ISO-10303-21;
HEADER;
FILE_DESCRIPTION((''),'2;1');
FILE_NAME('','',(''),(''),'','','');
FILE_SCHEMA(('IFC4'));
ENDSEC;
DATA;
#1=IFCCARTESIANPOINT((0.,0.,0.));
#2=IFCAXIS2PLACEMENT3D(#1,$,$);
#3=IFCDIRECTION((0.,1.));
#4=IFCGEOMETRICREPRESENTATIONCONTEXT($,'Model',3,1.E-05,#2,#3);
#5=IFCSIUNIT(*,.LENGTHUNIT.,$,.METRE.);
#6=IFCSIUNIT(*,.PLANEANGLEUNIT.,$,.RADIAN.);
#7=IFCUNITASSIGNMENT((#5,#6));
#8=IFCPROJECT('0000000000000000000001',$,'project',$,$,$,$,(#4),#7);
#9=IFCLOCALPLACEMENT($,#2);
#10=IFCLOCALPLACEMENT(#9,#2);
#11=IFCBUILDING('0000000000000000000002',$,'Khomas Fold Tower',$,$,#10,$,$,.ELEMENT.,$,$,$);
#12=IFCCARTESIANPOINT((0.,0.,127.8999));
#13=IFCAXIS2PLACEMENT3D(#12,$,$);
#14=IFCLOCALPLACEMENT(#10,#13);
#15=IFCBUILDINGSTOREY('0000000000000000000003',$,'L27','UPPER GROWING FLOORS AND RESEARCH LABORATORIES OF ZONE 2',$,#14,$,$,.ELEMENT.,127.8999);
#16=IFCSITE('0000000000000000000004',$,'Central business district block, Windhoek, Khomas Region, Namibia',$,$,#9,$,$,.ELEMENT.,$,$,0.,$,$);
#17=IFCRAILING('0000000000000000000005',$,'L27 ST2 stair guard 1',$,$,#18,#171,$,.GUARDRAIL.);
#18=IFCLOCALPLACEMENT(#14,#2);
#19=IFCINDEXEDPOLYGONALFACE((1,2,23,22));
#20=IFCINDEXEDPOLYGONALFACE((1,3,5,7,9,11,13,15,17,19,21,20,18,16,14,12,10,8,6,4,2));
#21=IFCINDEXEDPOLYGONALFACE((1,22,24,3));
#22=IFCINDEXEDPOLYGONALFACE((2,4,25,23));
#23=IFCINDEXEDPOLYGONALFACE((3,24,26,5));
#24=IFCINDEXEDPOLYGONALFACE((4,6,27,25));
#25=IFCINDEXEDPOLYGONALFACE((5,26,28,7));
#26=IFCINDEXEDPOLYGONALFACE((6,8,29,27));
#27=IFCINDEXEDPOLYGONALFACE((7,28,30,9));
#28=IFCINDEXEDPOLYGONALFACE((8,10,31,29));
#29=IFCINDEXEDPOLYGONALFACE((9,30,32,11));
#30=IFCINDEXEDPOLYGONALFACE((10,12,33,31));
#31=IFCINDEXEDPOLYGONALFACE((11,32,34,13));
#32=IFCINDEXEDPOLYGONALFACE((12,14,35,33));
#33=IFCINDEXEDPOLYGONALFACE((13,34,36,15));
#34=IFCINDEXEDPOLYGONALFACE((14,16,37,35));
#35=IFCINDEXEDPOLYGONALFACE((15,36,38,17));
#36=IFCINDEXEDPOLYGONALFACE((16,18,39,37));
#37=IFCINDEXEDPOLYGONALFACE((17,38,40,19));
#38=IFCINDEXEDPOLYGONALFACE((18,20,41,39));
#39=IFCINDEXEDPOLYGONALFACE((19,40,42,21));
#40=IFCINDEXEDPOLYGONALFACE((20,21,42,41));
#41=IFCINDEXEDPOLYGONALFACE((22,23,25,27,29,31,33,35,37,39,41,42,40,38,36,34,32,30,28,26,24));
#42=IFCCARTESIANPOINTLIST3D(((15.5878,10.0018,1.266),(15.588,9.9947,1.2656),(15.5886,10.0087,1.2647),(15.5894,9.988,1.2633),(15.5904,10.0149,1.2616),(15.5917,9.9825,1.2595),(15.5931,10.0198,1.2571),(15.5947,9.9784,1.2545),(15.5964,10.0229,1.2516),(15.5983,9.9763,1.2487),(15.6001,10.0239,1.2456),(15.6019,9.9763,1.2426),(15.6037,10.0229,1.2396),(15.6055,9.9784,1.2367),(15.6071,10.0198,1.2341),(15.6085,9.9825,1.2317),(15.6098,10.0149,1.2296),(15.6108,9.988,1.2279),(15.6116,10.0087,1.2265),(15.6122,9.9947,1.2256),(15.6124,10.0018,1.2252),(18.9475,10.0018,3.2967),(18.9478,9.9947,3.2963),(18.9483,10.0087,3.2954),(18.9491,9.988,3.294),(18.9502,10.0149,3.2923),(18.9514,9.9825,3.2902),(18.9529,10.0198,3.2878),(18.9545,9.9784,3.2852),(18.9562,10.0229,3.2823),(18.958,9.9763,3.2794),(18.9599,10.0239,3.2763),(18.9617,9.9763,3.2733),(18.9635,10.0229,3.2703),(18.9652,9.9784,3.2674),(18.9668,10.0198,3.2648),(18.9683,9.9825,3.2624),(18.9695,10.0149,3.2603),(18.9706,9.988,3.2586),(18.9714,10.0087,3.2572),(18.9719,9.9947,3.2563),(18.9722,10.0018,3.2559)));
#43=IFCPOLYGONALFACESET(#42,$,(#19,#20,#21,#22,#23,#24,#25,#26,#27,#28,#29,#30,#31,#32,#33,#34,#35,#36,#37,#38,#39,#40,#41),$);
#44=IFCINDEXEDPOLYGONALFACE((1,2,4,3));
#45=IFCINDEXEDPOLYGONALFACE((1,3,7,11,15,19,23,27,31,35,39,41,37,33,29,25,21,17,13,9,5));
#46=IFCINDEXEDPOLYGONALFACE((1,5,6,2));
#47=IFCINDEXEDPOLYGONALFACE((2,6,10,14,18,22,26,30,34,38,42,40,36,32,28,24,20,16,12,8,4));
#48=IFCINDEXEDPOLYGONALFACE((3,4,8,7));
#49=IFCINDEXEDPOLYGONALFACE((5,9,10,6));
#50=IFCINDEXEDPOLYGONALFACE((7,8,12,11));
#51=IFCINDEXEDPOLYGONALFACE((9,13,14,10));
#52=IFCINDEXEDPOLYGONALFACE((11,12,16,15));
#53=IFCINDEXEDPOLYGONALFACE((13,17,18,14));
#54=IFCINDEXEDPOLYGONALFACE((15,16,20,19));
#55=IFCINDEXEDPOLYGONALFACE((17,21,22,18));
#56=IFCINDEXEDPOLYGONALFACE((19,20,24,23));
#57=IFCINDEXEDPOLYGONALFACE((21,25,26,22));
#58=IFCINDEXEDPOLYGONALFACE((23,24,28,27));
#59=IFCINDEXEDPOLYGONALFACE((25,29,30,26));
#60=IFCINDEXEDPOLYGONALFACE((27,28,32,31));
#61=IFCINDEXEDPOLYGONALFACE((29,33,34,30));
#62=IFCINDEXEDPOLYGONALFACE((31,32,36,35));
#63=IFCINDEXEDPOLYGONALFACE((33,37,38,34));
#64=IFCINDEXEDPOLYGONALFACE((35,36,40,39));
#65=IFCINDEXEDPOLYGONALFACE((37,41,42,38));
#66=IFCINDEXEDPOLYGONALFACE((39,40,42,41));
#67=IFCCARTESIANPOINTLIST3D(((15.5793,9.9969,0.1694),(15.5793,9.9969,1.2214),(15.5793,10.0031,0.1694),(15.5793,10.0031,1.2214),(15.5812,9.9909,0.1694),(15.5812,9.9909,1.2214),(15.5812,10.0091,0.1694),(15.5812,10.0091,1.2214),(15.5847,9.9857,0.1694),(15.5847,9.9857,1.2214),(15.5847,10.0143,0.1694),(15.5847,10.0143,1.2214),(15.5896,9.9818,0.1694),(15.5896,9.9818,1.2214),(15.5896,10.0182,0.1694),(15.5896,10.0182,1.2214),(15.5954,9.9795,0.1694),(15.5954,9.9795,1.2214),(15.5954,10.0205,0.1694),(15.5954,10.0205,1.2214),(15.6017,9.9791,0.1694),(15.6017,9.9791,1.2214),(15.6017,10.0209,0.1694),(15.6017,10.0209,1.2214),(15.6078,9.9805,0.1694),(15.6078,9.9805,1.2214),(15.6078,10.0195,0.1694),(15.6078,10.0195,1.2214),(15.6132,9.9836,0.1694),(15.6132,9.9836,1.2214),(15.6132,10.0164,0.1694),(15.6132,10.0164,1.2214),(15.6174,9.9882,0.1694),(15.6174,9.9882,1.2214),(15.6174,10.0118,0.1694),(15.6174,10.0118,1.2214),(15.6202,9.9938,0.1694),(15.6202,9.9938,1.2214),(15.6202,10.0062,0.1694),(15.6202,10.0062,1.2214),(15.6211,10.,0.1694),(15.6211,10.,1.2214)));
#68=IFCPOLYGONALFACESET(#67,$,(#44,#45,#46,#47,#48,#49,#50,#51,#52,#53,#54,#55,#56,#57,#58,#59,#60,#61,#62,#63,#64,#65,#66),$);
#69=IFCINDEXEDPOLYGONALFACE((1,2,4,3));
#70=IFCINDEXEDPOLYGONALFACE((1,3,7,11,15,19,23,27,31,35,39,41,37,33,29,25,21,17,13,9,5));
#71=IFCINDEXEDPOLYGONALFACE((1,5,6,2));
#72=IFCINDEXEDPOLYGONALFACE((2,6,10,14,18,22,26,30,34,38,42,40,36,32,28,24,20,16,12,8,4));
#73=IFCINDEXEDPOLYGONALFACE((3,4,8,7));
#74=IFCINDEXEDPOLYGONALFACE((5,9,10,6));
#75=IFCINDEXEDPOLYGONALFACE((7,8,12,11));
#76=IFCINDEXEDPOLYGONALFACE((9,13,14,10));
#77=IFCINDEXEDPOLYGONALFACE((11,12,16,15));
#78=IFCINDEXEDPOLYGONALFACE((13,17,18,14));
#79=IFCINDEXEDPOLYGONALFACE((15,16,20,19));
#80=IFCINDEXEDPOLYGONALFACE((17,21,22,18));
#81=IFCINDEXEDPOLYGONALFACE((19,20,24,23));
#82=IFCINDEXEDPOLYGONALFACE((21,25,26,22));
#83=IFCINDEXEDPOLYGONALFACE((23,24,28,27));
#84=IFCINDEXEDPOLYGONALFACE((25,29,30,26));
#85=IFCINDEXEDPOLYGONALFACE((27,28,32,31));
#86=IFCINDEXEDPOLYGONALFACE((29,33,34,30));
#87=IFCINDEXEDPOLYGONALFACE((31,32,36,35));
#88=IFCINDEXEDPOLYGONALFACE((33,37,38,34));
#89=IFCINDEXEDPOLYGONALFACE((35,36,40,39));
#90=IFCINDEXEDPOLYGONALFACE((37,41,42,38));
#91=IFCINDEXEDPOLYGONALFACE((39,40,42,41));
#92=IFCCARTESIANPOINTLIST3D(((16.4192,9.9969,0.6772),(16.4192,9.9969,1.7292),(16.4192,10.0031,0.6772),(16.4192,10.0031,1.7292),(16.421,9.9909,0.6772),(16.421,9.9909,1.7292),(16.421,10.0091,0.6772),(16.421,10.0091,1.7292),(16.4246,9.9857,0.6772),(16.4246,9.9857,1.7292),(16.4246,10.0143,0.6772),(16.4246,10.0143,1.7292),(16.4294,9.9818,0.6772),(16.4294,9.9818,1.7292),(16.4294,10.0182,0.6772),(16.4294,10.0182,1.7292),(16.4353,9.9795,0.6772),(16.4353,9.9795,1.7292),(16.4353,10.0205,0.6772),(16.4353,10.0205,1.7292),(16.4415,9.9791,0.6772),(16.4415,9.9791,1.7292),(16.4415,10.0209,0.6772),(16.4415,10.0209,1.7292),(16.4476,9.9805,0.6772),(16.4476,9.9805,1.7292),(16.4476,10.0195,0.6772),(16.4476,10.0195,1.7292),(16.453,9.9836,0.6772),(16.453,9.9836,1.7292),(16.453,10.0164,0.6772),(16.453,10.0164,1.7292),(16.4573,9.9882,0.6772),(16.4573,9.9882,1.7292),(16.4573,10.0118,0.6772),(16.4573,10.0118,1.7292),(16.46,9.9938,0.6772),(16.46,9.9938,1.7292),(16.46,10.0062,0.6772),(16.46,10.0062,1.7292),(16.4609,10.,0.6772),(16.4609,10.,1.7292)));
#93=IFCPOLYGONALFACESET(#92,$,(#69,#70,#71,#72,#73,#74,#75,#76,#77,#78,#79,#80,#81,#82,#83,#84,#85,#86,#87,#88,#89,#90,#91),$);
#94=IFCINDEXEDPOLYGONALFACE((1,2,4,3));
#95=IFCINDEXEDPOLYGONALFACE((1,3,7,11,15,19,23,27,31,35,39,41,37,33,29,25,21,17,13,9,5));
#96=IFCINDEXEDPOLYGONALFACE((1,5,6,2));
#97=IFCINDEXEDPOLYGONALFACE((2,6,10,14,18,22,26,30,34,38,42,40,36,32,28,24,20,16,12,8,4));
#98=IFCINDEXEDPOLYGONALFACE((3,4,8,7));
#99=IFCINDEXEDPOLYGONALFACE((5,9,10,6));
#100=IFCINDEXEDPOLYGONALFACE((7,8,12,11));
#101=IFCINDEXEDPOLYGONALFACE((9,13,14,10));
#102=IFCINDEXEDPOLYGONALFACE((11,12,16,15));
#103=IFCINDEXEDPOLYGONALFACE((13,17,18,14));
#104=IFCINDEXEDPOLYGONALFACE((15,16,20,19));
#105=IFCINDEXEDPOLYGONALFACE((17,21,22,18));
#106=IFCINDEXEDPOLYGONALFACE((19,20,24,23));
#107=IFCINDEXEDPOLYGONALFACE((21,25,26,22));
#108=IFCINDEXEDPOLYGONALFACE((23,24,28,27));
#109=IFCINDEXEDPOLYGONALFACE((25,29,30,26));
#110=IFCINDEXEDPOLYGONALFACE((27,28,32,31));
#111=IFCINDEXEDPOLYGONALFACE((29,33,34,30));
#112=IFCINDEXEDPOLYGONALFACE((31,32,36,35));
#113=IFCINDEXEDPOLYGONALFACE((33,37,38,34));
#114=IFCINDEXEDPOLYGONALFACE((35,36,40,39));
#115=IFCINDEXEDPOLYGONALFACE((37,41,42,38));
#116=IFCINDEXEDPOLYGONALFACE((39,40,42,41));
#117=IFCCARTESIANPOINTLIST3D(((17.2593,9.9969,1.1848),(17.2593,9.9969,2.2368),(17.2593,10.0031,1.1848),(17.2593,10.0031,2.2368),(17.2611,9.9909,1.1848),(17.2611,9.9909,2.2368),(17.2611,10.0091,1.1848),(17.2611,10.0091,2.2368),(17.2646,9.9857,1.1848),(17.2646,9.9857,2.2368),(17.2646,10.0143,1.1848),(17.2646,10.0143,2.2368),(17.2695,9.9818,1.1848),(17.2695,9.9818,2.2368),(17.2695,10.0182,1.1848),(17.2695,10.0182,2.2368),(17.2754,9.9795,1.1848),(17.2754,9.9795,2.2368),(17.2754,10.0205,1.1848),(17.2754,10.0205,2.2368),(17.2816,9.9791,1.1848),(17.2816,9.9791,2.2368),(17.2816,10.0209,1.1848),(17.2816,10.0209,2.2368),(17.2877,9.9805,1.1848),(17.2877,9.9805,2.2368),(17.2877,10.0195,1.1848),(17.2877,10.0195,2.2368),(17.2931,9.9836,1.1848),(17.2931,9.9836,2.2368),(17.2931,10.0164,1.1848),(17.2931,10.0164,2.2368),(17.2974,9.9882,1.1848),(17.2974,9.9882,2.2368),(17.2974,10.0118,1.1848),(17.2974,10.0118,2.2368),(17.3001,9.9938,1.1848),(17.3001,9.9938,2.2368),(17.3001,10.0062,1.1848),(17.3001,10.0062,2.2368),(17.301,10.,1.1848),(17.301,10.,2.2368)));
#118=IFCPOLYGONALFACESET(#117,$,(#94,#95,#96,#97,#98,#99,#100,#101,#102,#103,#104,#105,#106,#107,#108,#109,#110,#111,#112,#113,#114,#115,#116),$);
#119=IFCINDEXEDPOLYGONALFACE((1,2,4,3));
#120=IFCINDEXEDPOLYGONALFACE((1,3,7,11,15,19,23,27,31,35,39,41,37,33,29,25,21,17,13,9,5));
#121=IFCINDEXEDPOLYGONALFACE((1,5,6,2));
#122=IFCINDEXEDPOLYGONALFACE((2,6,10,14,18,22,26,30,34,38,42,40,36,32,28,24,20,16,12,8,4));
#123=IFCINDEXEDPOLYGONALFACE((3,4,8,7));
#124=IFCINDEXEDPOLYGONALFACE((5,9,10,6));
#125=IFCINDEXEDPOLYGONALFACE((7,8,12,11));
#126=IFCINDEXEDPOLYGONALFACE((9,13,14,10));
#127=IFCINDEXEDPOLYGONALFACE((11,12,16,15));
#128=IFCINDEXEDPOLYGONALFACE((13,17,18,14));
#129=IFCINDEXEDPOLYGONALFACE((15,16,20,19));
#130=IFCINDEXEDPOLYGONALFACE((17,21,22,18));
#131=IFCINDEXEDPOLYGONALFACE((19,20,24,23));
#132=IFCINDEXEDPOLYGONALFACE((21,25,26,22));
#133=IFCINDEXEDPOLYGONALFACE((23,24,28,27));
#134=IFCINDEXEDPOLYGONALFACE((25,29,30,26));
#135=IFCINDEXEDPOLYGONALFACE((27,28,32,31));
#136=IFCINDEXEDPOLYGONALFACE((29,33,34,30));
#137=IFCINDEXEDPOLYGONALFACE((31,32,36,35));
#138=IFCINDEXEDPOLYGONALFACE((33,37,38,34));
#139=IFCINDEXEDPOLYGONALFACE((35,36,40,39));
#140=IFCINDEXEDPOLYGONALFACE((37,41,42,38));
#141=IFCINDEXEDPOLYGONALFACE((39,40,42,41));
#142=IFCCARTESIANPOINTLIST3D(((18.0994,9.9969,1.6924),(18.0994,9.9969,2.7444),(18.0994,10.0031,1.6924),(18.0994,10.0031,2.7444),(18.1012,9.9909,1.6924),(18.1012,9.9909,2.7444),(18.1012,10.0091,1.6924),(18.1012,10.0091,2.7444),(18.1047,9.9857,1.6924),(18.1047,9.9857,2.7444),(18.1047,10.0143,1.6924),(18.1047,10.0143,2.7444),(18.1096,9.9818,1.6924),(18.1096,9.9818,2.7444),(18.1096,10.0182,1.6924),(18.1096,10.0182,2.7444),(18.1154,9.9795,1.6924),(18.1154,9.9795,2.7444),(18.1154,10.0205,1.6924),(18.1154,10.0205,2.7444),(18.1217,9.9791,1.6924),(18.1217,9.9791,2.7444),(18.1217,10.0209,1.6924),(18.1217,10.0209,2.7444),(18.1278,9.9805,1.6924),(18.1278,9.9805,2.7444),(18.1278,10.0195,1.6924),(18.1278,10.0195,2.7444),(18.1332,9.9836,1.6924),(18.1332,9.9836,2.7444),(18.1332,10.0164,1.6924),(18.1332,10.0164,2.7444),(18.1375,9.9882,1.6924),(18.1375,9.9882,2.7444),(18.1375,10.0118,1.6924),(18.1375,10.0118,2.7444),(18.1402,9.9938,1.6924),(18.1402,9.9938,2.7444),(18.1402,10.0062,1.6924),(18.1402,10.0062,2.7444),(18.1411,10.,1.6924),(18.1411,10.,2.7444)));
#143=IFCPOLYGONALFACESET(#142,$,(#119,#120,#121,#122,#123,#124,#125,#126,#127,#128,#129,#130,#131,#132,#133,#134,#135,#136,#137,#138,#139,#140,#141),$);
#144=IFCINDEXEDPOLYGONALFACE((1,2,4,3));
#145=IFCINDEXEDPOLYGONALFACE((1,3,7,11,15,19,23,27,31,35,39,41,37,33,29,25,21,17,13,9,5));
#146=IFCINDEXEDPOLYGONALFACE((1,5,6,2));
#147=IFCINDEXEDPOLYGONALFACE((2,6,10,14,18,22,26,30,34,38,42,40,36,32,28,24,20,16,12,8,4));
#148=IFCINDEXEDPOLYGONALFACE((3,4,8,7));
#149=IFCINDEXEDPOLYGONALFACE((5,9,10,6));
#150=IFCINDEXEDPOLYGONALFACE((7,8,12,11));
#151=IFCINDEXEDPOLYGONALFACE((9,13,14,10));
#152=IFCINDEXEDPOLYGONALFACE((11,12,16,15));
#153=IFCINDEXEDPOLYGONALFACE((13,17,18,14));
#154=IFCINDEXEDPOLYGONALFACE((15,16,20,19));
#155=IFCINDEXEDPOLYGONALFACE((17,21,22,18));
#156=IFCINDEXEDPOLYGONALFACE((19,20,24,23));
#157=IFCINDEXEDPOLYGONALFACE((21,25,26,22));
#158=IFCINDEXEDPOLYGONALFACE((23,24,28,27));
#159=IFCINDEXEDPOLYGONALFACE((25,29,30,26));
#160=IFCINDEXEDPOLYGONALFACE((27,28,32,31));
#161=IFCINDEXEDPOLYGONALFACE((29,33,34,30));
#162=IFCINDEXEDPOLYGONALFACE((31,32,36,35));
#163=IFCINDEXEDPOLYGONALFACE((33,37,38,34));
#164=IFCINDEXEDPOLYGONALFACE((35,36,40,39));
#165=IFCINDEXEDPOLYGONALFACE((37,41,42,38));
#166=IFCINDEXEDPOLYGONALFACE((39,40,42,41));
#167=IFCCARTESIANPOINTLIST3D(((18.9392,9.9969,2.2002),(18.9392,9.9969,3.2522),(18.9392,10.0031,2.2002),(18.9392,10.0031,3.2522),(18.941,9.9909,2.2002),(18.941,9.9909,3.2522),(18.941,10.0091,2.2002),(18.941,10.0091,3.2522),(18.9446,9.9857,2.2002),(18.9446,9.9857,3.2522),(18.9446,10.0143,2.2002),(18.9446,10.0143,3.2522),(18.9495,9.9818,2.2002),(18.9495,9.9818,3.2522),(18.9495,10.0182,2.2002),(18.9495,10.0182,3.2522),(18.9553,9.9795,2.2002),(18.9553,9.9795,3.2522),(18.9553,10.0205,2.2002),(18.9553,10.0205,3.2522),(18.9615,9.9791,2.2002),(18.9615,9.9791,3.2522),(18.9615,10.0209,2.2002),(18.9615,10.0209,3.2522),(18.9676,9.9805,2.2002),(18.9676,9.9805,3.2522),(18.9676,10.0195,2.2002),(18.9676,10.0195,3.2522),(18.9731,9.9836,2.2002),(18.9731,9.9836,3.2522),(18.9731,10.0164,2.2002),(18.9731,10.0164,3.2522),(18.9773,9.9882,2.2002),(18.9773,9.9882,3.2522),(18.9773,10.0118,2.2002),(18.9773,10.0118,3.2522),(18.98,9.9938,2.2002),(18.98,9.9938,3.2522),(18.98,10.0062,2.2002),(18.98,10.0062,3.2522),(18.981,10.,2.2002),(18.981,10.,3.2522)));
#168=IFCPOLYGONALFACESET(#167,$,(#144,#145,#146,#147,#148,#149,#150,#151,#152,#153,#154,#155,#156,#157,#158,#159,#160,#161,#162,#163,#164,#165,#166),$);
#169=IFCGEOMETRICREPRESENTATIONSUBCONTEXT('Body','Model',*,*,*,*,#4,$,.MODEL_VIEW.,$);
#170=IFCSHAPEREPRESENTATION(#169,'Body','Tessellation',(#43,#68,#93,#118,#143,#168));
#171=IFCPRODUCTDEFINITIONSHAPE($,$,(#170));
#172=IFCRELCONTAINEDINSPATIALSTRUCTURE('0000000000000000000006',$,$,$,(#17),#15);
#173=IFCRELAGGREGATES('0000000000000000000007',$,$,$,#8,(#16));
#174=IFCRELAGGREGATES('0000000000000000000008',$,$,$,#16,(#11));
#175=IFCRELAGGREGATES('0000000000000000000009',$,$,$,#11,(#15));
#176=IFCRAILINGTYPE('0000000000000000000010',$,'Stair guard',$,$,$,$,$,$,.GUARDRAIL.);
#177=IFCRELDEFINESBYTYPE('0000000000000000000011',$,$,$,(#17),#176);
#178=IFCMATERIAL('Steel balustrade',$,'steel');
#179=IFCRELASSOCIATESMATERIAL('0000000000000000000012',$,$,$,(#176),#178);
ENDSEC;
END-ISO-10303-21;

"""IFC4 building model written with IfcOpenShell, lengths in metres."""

from ifc_helpers import new_model, si_unit, direction, frame, origin, origin_2d, place, context, subcontext, project, spatial, circle, extrude, source, transform, mapped, material, type_object, element, save


model = new_model("IFC4")

# Units and contexts
model_context = context("Model", 3, precision=1e-05, world=origin(), true_north=direction((0.0, 1.0)))
body_context = subcontext(model_context, "Body", "Model", "MODEL_VIEW")
ifc_project = project(units=[si_unit("LENGTHUNIT", "METRE"), si_unit("PLANEANGLEUNIT", "RADIAN")], contexts=[model_context])

# Site, building, storey
site_placement = place(None, origin())
site = spatial("IfcSite", under=ifc_project, at=site_placement, Name="Central business district block, Windhoek, Khomas Region, Namibia", CompositionType="ELEMENT", RefElevation=0.0)
building_placement = place(site_placement, origin())
building = spatial("IfcBuilding", under=site, at=building_placement, Name="Khomas Fold Tower", CompositionType="ELEMENT")
storey_placement = place(building_placement, frame((0.0, 0.0, 127.8999)))
storey = spatial("IfcBuildingStorey", under=building, at=storey_placement, Name="L27", Description="UPPER GROWING FLOORS AND RESEARCH LABORATORIES OF ZONE 2", CompositionType="ELEMENT", Elevation=127.8999)

# Railing
ifc_material_1 = material(Name="Steel balustrade", Category="steel")
railing_type_1 = type_object("IfcRailingType", Name="Stair guard", PredefinedType="GUARDRAIL", material=ifc_material_1)
shared_shape_1 = source(origin(), body_context, "Body", "SweptSolid", [
    extrude(circle(Radius=0.0239, at=origin_2d()), frame((0.0, 0.0, 1.0762), z_axis=(0.85582, 0.0, 0.517273), x_axis=(0.0, 1.0, 0.0)), (0.0, 0.0, 1.0), 3.9258),
    extrude(circle(Radius=0.021, at=origin_2d()), origin(), (0.0, 0.0, 1.0), 1.052),
    extrude(circle(Radius=0.021, at=origin_2d()), frame((0.8398, 0.0, 0.5078)), (0.0, 0.0, 1.0), 1.052),
    extrude(circle(Radius=0.021, at=origin_2d()), frame((1.6799, 0.0, 1.0154)), (0.0, 0.0, 1.0), 1.052),
    extrude(circle(Radius=0.021, at=origin_2d()), frame((2.52, 0.0, 1.5229)), (0.0, 0.0, 1.0), 1.052),
    extrude(circle(Radius=0.021, at=origin_2d()), frame((3.3599, 0.0, 2.0308)), (0.0, 0.0, 1.0), 1.052),
])
railing_1_placement = place(storey_placement, frame((15.6001, 10.0, 0.1694)))
element("IfcRailing", 1, at=railing_1_placement, inside=storey, type_object=railing_type_1, Name="L27 ST2 stair guard 1", PredefinedType="GUARDRAIL", context=body_context, shape_type="MappedRepresentation", body=[
    mapped(shared_shape_1, transform((0.0, 0.0, 0.0))),
])

save(model, "model.ifc")
